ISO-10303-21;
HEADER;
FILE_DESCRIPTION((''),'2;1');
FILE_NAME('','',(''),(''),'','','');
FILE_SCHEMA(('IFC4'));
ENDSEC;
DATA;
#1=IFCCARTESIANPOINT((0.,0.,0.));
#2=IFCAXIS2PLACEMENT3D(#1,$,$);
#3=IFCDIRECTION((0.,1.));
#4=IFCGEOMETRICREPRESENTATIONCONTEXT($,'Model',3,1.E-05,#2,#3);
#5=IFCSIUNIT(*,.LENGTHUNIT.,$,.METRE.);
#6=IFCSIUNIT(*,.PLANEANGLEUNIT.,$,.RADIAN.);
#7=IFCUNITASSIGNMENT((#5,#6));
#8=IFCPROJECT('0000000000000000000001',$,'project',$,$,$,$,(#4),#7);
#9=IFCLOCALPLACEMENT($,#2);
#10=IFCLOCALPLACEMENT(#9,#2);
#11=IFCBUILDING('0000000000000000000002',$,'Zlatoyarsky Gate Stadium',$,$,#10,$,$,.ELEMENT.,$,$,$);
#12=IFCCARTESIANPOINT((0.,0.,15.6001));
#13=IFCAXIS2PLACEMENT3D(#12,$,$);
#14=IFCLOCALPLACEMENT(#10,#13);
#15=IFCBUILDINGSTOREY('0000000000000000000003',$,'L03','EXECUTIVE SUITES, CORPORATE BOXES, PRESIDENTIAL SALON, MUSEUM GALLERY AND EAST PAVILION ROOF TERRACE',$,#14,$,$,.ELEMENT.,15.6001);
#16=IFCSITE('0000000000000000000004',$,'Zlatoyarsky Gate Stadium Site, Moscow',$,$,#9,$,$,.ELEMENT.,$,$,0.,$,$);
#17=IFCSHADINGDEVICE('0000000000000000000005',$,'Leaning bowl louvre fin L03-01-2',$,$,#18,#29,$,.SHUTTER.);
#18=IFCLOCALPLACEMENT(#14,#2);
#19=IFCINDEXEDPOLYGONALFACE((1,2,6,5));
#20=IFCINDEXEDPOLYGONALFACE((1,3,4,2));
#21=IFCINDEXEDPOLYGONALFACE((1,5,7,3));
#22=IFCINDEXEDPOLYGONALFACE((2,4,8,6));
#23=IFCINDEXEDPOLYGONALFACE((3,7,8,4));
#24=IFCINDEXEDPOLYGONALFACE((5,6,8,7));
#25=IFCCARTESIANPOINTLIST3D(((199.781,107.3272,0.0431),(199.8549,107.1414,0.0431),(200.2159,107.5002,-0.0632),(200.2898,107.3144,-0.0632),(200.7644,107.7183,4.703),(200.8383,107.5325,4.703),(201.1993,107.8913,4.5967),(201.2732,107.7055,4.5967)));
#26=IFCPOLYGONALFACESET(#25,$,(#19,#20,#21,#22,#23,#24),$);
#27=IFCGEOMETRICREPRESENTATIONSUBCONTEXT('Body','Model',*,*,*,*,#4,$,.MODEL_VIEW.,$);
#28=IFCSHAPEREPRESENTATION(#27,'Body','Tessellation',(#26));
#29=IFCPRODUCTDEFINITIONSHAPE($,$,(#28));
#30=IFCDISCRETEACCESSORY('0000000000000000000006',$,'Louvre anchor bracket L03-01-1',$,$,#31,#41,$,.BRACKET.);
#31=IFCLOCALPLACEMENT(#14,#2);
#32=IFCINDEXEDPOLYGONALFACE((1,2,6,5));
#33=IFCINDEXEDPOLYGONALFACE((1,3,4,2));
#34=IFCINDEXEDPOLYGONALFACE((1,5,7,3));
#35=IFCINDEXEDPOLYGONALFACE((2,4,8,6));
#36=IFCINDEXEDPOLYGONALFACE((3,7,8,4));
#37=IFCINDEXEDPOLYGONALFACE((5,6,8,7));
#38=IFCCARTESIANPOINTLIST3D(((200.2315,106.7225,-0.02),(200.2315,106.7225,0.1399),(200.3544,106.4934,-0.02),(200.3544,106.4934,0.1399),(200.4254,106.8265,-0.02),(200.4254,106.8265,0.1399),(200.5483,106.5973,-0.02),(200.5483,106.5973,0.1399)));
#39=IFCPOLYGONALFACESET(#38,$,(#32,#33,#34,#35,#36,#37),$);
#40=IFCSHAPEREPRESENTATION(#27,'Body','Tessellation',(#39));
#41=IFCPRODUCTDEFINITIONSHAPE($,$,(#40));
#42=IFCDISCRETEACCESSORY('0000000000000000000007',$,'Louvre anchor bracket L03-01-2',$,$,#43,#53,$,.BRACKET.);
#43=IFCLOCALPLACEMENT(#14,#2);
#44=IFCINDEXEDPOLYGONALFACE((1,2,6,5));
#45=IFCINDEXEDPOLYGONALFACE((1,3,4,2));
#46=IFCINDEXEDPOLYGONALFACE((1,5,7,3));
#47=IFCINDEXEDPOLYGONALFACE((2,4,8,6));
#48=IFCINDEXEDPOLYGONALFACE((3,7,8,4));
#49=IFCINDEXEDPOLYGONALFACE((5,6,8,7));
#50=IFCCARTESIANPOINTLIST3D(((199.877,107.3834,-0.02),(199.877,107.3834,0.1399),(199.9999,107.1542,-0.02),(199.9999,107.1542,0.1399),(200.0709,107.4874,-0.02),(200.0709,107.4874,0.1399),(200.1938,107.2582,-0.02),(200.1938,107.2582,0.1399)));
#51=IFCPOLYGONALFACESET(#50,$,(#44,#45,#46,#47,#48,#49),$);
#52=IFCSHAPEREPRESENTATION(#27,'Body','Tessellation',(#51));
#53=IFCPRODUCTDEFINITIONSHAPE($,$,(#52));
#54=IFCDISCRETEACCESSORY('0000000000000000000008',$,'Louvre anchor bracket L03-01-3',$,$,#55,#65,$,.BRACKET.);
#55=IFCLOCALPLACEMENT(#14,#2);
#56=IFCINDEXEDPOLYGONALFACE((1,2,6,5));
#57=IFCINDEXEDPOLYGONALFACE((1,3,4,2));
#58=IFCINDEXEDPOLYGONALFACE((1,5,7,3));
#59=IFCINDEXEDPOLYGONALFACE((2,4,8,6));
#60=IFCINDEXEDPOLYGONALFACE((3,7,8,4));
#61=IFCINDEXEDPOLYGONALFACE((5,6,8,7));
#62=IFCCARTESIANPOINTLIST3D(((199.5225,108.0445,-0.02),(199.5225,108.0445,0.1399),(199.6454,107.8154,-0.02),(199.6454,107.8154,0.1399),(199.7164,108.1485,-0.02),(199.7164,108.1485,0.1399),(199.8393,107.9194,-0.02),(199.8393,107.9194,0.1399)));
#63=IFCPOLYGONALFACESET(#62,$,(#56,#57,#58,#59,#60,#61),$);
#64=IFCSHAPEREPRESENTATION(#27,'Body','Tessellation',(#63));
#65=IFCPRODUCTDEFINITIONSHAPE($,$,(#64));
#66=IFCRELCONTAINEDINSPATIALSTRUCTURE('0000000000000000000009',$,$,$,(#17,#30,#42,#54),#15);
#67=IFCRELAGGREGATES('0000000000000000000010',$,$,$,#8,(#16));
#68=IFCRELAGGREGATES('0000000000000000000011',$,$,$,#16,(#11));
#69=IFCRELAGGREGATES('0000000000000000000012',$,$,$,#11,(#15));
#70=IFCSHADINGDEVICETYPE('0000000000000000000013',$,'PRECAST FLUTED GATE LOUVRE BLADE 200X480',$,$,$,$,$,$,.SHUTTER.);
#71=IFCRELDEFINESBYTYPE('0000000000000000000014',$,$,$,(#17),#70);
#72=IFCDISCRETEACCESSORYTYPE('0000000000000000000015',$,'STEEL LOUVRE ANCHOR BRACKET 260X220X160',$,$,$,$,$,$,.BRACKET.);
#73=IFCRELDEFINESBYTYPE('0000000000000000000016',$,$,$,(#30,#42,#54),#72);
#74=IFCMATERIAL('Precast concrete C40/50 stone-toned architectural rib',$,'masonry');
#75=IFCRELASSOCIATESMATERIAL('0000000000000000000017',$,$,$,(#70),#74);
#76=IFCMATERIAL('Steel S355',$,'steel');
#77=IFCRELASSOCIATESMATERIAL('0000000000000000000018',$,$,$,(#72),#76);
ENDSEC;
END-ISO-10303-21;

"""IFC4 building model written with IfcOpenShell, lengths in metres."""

from ifc_helpers import new_model, si_unit, direction, frame, origin, origin_2d, place, context, subcontext, project, spatial, rectangle, extrude, material, material_profile, profile_set, type_object, element, save


model = new_model("IFC4")

# Units and contexts
model_context = context("Model", 3, precision=1e-05, world=origin(), true_north=direction((0.0, 1.0)))
body_context = subcontext(model_context, "Body", "Model", "MODEL_VIEW")
ifc_project = project(units=[si_unit("LENGTHUNIT", "METRE"), si_unit("PLANEANGLEUNIT", "RADIAN")], contexts=[model_context])

# Site, building, storey
site_placement = place(None, origin())
site = spatial("IfcSite", under=ifc_project, at=site_placement, Name="Zlatoyarsky Gate Stadium Site, Moscow", CompositionType="ELEMENT", RefElevation=0.0)
building_placement = place(site_placement, origin())
building = spatial("IfcBuilding", under=site, at=building_placement, Name="Zlatoyarsky Gate Stadium", CompositionType="ELEMENT")
storey_placement = place(building_placement, frame((0.0, 0.0, 15.6001)))
storey = spatial("IfcBuildingStorey", under=building, at=storey_placement, Name="L03", Description="EXECUTIVE SUITES, CORPORATE BOXES, PRESIDENTIAL SALON, MUSEUM GALLERY AND EAST PAVILION ROOF TERRACE", CompositionType="ELEMENT", Elevation=15.6001)

# Shared definitions
ifc_material_1 = material(Name="Steel S355", Category="steel")

# Shading device
ifc_material_2 = material(Name="Precast concrete C40/50 stone-toned architectural rib", Category="masonry")
ifc_material_profile_1 = material_profile(ifc_material_2, rectangle(XDim=0.2, YDim=0.48, at=origin_2d()), Name="RIB 200X480")
ifc_profile_set_1 = profile_set([ifc_material_profile_1], Name="Precast concrete C40/50 stone-toned architectural rib")
shading_device_type = type_object("IfcShadingDeviceType", Name="PRECAST FLUTED GATE LOUVRE BLADE 200X480", PredefinedType="SHUTTER", material=ifc_profile_set_1)
for number, where, z_axis, x_axis, name in (
    (1, (200.0354, 107.3208, -0.01), (0.205793, 0.081847, 0.975167), (-0.36956, 0.929207, 0.0), "Leaning bowl louvre fin L03-01-2"),
):
    element("IfcShadingDevice", number, at=place(storey_placement, frame(where, z_axis=z_axis, x_axis=x_axis)), inside=storey, type_object=shading_device_type, Name=name, PredefinedType="SHUTTER", context=body_context, shape_type="SweptSolid", body=[
        extrude(rectangle(XDim=0.2, YDim=0.48, at=origin_2d()), origin(), (0.0, 0.0, 1.0), 4.7786),
    ])

# Discrete accessories
discrete_accessory_type = type_object("IfcDiscreteAccessoryType", Name="STEEL LOUVRE ANCHOR BRACKET 260X220X160", PredefinedType="BRACKET", material=ifc_material_1)
for number, where, z_axis, x_axis, name in (
    (2, (200.3899, 106.6599, -0.02), (0.0, 0.0, 1.0), (-0.472643, 0.881254, 0.0), "Louvre anchor bracket L03-01-1"),
    (3, (200.0354, 107.3208, -0.02), (0.0, 0.0, 1.0), (-0.472643, 0.881254, 0.0), "Louvre anchor bracket L03-01-2"),
    (4, (199.6809, 107.9819, -0.02), (0.0, 0.0, 1.0), (-0.472643, 0.881254, 0.0), "Louvre anchor bracket L03-01-3"),
):
    element("IfcDiscreteAccessory", number, at=place(storey_placement, frame(where, z_axis=z_axis, x_axis=x_axis)), inside=storey, type_object=discrete_accessory_type, Name=name, PredefinedType="BRACKET", context=body_context, shape_type="SweptSolid", body=[
        extrude(rectangle(XDim=0.26, YDim=0.22, at=origin_2d()), origin(), (0.0, 0.0, 1.0), 0.1599),
    ])

save(model, "model.ifc")
